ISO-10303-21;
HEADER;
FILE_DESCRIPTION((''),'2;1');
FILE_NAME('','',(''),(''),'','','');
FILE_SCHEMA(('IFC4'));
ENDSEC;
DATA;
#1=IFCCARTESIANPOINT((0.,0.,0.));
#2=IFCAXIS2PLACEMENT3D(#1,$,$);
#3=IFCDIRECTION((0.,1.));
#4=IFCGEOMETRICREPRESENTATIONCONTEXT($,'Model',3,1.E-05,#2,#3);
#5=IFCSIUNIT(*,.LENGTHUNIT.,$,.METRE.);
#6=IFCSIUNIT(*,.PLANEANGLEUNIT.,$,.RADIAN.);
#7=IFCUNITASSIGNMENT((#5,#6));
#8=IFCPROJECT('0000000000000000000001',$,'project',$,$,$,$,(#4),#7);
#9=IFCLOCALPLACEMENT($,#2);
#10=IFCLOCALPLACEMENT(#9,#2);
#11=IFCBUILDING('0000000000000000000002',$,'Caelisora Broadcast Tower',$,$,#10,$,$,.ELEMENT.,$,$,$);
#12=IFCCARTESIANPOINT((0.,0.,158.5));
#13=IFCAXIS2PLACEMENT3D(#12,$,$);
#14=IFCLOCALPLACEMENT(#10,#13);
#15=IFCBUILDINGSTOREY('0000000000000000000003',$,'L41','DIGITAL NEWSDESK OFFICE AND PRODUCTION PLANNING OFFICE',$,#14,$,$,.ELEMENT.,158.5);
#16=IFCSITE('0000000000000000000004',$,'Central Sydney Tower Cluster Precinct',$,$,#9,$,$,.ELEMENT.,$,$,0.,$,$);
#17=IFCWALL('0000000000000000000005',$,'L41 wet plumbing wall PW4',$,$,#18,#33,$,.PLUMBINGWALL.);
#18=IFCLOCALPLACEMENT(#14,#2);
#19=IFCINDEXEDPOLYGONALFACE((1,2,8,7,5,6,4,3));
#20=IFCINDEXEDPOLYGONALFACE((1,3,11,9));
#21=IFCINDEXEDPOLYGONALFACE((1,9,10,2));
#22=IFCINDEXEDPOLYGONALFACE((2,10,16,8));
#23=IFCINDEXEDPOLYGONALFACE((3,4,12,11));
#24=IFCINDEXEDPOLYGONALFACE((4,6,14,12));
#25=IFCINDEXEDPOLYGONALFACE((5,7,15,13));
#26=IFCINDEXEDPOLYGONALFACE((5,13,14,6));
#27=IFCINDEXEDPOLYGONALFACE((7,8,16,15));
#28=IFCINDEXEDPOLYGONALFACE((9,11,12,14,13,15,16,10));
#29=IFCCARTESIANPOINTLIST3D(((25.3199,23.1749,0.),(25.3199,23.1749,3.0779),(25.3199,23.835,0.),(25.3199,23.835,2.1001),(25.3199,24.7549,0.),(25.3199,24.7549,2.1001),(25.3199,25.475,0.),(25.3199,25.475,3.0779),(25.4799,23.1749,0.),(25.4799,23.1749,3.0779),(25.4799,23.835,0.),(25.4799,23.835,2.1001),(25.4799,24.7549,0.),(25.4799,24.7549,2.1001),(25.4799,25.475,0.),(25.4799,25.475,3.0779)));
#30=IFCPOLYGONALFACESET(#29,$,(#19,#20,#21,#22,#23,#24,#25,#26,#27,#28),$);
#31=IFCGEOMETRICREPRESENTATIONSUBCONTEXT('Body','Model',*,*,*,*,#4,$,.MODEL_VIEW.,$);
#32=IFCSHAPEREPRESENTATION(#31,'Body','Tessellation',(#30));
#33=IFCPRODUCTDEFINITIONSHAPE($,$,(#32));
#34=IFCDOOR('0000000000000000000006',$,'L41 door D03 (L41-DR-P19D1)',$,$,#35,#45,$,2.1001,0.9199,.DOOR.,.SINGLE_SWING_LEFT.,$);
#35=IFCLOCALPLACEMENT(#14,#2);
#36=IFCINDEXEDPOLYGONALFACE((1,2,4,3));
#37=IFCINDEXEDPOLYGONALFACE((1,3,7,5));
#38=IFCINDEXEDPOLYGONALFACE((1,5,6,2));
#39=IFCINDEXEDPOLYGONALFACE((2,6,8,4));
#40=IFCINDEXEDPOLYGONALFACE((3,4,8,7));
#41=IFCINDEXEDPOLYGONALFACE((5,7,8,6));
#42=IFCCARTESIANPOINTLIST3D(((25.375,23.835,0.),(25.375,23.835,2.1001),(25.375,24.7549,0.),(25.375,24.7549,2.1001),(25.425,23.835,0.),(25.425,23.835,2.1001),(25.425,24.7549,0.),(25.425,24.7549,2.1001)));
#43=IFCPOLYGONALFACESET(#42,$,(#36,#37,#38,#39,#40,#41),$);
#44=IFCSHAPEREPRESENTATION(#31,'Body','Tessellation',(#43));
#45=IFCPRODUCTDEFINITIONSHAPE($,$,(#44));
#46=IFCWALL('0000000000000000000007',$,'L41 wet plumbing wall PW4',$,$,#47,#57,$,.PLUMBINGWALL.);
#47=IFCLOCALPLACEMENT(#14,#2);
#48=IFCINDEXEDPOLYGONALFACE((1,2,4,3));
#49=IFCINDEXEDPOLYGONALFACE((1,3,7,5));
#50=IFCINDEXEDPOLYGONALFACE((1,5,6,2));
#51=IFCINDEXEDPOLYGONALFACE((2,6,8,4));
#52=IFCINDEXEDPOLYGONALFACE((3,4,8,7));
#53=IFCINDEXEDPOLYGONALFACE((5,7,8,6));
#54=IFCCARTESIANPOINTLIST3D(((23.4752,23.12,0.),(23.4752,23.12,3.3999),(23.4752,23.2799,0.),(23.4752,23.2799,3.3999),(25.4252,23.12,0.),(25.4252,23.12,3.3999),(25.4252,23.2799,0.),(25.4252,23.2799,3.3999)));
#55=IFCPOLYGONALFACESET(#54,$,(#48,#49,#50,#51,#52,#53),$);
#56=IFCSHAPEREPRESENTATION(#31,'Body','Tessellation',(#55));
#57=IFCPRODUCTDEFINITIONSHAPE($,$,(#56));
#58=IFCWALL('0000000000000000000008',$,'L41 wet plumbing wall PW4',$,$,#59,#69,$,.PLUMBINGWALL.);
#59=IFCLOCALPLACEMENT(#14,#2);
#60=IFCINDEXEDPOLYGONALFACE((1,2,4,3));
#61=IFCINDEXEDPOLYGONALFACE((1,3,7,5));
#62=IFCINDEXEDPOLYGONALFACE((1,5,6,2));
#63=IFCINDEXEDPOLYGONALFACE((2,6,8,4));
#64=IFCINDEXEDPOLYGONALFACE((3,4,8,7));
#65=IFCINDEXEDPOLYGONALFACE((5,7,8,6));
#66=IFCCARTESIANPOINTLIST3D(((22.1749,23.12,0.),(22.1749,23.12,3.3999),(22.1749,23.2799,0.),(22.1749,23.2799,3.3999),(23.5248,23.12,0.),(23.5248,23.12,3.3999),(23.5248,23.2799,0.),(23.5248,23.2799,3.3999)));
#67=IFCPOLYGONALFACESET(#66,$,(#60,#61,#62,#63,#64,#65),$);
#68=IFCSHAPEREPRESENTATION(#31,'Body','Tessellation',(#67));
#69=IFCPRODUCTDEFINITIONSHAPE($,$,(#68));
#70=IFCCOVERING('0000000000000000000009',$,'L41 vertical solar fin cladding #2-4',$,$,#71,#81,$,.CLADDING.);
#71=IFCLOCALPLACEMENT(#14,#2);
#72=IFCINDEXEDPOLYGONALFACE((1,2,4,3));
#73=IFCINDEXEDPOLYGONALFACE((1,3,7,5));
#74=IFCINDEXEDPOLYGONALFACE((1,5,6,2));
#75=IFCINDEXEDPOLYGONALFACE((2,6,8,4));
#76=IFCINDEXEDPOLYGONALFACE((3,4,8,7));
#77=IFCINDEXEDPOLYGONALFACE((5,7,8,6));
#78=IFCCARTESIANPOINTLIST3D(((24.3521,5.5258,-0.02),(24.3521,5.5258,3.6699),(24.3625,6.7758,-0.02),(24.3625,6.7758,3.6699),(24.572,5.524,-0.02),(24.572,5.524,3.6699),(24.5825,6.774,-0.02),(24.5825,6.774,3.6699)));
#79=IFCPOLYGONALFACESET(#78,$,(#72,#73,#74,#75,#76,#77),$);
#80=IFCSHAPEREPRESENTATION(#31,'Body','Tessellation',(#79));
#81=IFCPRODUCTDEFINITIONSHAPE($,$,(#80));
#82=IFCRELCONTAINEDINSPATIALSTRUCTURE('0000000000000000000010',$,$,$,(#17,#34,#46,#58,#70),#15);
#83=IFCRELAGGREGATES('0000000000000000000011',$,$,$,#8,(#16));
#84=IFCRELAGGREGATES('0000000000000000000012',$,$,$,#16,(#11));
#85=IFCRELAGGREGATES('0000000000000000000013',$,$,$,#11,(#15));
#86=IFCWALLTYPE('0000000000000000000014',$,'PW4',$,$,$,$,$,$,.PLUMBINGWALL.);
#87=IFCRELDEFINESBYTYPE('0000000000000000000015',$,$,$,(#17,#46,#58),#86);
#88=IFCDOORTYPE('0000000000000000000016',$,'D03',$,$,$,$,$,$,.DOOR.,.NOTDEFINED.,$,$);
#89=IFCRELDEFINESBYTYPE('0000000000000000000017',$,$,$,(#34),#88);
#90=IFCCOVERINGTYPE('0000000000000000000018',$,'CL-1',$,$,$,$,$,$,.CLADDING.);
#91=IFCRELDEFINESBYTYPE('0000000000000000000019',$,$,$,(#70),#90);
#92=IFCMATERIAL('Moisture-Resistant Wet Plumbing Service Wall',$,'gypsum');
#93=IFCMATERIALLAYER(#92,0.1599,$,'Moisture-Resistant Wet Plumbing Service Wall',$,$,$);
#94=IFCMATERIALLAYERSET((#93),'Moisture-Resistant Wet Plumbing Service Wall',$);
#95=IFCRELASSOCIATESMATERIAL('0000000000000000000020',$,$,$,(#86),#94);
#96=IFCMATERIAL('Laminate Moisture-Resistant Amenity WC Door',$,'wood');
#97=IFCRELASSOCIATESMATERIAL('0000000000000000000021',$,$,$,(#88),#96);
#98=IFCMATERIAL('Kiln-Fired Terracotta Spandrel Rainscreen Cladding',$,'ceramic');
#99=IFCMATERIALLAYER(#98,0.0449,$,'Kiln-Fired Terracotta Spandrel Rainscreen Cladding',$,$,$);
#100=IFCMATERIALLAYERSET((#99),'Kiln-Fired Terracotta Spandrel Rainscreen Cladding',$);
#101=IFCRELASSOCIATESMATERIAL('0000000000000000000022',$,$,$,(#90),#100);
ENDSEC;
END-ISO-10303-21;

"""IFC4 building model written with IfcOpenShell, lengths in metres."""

from ifc_helpers import new_model, si_unit, direction, frame, frame_2d, origin, origin_2d, place, context, subcontext, project, spatial, rectangle, extrude, source, transform, mapped, material, layer, layer_set, type_object, type_shapes, element, fill, save


model = new_model("IFC4")

# Units and contexts
model_context = context("Model", 3, precision=1e-05, world=origin(), true_north=direction((0.0, 1.0)))
body_context = subcontext(model_context, "Body", "Model", "MODEL_VIEW")
ifc_project = project(units=[si_unit("LENGTHUNIT", "METRE"), si_unit("PLANEANGLEUNIT", "RADIAN")], contexts=[model_context])

# Site, building, storey
site_placement = place(None, origin())
site = spatial("IfcSite", under=ifc_project, at=site_placement, Name="Central Sydney Tower Cluster Precinct", CompositionType="ELEMENT", RefElevation=0.0)
building_placement = place(site_placement, origin())
building = spatial("IfcBuilding", under=site, at=building_placement, Name="Caelisora Broadcast Tower", CompositionType="ELEMENT")
storey_placement = place(building_placement, frame((0.0, 0.0, 158.5)))
storey = spatial("IfcBuildingStorey", under=building, at=storey_placement, Name="L41", Description="DIGITAL NEWSDESK OFFICE AND PRODUCTION PLANNING OFFICE", CompositionType="ELEMENT", Elevation=158.5)

# Wall, opening, door
ifc_material_1 = material(Name="Moisture-Resistant Wet Plumbing Service Wall", Category="gypsum")
ifc_layer_1 = layer(ifc_material_1, 0.1599, Name="Moisture-Resistant Wet Plumbing Service Wall")
ifc_layer_set_1 = layer_set([ifc_layer_1], Name="Moisture-Resistant Wet Plumbing Service Wall")
wall_type_1 = type_object("IfcWallType", Name="PW4", PredefinedType="PLUMBINGWALL", material=ifc_layer_set_1)
wall_1_placement = place(storey_placement, frame((25.3999, 23.175, 0.0), z_axis=(0.0, 0.0, 1.0), x_axis=(0.0, 1.0, 0.0)))
wall_1 = element("IfcWall", 1, at=wall_1_placement, inside=storey, type_object=wall_type_1, Name="L41 wet plumbing wall PW4", PredefinedType="PLUMBINGWALL", context=body_context, shape_type="SweptSolid", body=[
    extrude(rectangle(XDim=2.3, YDim=0.1599, at=frame_2d((1.1499, 0.0))), origin(), (0.0, 0.0, 1.0), 3.0779),
])
opening_1_placement = place(wall_1_placement, frame((0.6599, 0.0, 0.0)))
opening_1 = element("IfcOpeningElement", 2, at=opening_1_placement, cuts=wall_1, PredefinedType="OPENING", context=body_context, shape_type="SweptSolid", body=[
    extrude(rectangle(XDim=0.9199, YDim=2.1001, at=frame_2d((0.46, 1.05))), frame((0.0, 0.092, 0.0), z_axis=(0.0, -1.0, 0.0), x_axis=(1.0, 0.0, 0.0)), (0.0, 0.0, 1.0), 0.1838),
])
ifc_material_2 = material(Name="Laminate Moisture-Resistant Amenity WC Door", Category="wood")
door_type_1 = type_object("IfcDoorType", Name="D03", OperationType="NOTDEFINED", PredefinedType="DOOR", material=ifc_material_2)
door_1_placement = place(opening_1_placement, origin())
door_1 = element("IfcDoor", 3, at=door_1_placement, inside=storey, type_object=door_type_1, Name="L41 door D03 (L41-DR-P19D1)", OperationType="SINGLE_SWING_LEFT", OverallHeight=2.1001, OverallWidth=0.9199, PredefinedType="DOOR", context=body_context, shape_type="SweptSolid", body=[
    extrude(rectangle(XDim=0.9199, YDim=2.1001, at=frame_2d((0.46, 1.05))), frame((0.0, 0.0249, 0.0), z_axis=(0.0, -1.0, 0.0), x_axis=(1.0, 0.0, 0.0)), (0.0, 0.0, 1.0), 0.05),
])
fill(opening_1, door_1)

# Walls
wall_2_placement = place(storey_placement, frame((23.4751, 23.2, 0.0), z_axis=(0.0, 0.0, 1.0), x_axis=(1.0, 0.0, 0.0)))
element("IfcWall", 4, at=wall_2_placement, inside=storey, type_object=wall_type_1, Name="L41 wet plumbing wall PW4", PredefinedType="PLUMBINGWALL", context=body_context, shape_type="SweptSolid", body=[
    extrude(rectangle(XDim=1.95, YDim=0.1599, at=frame_2d((0.9751, 0.0))), origin(), (0.0, 0.0, 1.0), 3.3999),
])
wall_3_placement = place(storey_placement, frame((22.175, 23.2, 0.0), z_axis=(0.0, 0.0, 1.0), x_axis=(1.0, 0.0, 0.0)))
element("IfcWall", 5, at=wall_3_placement, inside=storey, type_object=wall_type_1, Name="L41 wet plumbing wall PW4", PredefinedType="PLUMBINGWALL", context=body_context, shape_type="SweptSolid", body=[
    extrude(rectangle(XDim=1.3499, YDim=0.1599, at=frame_2d((0.6748, 0.0))), origin(), (0.0, 0.0, 1.0), 3.3999),
])

# Covering
ifc_material_3 = material(Name="Kiln-Fired Terracotta Spandrel Rainscreen Cladding", Category="ceramic")
ifc_layer_2 = layer(ifc_material_3, 0.0449, Name="Kiln-Fired Terracotta Spandrel Rainscreen Cladding")
ifc_layer_set_2 = layer_set([ifc_layer_2], Name="Kiln-Fired Terracotta Spandrel Rainscreen Cladding")
covering_type = type_object("IfcCoveringType", Name="CL-1", PredefinedType="CLADDING", material=ifc_layer_set_2)
shared_shape_1 = source(origin(), body_context, "Body", "SweptSolid", [
    extrude(rectangle(XDim=0.22, YDim=1.25, at=origin_2d()), origin(), (0.0, 0.0, 1.0), 3.6899),
])
type_shapes(covering_type, [shared_shape_1])
covering_placement = place(storey_placement, frame((24.4673, 6.1499, -0.02), z_axis=(0.0, 0.0, 1.0), x_axis=(-0.999965, 0.008377, 0.0)))
element("IfcCovering", 6, at=covering_placement, inside=storey, type_object=covering_type, Name="L41 vertical solar fin cladding #2-4", PredefinedType="CLADDING", context=body_context, shape_type="MappedRepresentation", body=[
    mapped(shared_shape_1, transform((0.0, 0.0, 0.0), scale=1.0)),
])

save(model, "model.ifc")
